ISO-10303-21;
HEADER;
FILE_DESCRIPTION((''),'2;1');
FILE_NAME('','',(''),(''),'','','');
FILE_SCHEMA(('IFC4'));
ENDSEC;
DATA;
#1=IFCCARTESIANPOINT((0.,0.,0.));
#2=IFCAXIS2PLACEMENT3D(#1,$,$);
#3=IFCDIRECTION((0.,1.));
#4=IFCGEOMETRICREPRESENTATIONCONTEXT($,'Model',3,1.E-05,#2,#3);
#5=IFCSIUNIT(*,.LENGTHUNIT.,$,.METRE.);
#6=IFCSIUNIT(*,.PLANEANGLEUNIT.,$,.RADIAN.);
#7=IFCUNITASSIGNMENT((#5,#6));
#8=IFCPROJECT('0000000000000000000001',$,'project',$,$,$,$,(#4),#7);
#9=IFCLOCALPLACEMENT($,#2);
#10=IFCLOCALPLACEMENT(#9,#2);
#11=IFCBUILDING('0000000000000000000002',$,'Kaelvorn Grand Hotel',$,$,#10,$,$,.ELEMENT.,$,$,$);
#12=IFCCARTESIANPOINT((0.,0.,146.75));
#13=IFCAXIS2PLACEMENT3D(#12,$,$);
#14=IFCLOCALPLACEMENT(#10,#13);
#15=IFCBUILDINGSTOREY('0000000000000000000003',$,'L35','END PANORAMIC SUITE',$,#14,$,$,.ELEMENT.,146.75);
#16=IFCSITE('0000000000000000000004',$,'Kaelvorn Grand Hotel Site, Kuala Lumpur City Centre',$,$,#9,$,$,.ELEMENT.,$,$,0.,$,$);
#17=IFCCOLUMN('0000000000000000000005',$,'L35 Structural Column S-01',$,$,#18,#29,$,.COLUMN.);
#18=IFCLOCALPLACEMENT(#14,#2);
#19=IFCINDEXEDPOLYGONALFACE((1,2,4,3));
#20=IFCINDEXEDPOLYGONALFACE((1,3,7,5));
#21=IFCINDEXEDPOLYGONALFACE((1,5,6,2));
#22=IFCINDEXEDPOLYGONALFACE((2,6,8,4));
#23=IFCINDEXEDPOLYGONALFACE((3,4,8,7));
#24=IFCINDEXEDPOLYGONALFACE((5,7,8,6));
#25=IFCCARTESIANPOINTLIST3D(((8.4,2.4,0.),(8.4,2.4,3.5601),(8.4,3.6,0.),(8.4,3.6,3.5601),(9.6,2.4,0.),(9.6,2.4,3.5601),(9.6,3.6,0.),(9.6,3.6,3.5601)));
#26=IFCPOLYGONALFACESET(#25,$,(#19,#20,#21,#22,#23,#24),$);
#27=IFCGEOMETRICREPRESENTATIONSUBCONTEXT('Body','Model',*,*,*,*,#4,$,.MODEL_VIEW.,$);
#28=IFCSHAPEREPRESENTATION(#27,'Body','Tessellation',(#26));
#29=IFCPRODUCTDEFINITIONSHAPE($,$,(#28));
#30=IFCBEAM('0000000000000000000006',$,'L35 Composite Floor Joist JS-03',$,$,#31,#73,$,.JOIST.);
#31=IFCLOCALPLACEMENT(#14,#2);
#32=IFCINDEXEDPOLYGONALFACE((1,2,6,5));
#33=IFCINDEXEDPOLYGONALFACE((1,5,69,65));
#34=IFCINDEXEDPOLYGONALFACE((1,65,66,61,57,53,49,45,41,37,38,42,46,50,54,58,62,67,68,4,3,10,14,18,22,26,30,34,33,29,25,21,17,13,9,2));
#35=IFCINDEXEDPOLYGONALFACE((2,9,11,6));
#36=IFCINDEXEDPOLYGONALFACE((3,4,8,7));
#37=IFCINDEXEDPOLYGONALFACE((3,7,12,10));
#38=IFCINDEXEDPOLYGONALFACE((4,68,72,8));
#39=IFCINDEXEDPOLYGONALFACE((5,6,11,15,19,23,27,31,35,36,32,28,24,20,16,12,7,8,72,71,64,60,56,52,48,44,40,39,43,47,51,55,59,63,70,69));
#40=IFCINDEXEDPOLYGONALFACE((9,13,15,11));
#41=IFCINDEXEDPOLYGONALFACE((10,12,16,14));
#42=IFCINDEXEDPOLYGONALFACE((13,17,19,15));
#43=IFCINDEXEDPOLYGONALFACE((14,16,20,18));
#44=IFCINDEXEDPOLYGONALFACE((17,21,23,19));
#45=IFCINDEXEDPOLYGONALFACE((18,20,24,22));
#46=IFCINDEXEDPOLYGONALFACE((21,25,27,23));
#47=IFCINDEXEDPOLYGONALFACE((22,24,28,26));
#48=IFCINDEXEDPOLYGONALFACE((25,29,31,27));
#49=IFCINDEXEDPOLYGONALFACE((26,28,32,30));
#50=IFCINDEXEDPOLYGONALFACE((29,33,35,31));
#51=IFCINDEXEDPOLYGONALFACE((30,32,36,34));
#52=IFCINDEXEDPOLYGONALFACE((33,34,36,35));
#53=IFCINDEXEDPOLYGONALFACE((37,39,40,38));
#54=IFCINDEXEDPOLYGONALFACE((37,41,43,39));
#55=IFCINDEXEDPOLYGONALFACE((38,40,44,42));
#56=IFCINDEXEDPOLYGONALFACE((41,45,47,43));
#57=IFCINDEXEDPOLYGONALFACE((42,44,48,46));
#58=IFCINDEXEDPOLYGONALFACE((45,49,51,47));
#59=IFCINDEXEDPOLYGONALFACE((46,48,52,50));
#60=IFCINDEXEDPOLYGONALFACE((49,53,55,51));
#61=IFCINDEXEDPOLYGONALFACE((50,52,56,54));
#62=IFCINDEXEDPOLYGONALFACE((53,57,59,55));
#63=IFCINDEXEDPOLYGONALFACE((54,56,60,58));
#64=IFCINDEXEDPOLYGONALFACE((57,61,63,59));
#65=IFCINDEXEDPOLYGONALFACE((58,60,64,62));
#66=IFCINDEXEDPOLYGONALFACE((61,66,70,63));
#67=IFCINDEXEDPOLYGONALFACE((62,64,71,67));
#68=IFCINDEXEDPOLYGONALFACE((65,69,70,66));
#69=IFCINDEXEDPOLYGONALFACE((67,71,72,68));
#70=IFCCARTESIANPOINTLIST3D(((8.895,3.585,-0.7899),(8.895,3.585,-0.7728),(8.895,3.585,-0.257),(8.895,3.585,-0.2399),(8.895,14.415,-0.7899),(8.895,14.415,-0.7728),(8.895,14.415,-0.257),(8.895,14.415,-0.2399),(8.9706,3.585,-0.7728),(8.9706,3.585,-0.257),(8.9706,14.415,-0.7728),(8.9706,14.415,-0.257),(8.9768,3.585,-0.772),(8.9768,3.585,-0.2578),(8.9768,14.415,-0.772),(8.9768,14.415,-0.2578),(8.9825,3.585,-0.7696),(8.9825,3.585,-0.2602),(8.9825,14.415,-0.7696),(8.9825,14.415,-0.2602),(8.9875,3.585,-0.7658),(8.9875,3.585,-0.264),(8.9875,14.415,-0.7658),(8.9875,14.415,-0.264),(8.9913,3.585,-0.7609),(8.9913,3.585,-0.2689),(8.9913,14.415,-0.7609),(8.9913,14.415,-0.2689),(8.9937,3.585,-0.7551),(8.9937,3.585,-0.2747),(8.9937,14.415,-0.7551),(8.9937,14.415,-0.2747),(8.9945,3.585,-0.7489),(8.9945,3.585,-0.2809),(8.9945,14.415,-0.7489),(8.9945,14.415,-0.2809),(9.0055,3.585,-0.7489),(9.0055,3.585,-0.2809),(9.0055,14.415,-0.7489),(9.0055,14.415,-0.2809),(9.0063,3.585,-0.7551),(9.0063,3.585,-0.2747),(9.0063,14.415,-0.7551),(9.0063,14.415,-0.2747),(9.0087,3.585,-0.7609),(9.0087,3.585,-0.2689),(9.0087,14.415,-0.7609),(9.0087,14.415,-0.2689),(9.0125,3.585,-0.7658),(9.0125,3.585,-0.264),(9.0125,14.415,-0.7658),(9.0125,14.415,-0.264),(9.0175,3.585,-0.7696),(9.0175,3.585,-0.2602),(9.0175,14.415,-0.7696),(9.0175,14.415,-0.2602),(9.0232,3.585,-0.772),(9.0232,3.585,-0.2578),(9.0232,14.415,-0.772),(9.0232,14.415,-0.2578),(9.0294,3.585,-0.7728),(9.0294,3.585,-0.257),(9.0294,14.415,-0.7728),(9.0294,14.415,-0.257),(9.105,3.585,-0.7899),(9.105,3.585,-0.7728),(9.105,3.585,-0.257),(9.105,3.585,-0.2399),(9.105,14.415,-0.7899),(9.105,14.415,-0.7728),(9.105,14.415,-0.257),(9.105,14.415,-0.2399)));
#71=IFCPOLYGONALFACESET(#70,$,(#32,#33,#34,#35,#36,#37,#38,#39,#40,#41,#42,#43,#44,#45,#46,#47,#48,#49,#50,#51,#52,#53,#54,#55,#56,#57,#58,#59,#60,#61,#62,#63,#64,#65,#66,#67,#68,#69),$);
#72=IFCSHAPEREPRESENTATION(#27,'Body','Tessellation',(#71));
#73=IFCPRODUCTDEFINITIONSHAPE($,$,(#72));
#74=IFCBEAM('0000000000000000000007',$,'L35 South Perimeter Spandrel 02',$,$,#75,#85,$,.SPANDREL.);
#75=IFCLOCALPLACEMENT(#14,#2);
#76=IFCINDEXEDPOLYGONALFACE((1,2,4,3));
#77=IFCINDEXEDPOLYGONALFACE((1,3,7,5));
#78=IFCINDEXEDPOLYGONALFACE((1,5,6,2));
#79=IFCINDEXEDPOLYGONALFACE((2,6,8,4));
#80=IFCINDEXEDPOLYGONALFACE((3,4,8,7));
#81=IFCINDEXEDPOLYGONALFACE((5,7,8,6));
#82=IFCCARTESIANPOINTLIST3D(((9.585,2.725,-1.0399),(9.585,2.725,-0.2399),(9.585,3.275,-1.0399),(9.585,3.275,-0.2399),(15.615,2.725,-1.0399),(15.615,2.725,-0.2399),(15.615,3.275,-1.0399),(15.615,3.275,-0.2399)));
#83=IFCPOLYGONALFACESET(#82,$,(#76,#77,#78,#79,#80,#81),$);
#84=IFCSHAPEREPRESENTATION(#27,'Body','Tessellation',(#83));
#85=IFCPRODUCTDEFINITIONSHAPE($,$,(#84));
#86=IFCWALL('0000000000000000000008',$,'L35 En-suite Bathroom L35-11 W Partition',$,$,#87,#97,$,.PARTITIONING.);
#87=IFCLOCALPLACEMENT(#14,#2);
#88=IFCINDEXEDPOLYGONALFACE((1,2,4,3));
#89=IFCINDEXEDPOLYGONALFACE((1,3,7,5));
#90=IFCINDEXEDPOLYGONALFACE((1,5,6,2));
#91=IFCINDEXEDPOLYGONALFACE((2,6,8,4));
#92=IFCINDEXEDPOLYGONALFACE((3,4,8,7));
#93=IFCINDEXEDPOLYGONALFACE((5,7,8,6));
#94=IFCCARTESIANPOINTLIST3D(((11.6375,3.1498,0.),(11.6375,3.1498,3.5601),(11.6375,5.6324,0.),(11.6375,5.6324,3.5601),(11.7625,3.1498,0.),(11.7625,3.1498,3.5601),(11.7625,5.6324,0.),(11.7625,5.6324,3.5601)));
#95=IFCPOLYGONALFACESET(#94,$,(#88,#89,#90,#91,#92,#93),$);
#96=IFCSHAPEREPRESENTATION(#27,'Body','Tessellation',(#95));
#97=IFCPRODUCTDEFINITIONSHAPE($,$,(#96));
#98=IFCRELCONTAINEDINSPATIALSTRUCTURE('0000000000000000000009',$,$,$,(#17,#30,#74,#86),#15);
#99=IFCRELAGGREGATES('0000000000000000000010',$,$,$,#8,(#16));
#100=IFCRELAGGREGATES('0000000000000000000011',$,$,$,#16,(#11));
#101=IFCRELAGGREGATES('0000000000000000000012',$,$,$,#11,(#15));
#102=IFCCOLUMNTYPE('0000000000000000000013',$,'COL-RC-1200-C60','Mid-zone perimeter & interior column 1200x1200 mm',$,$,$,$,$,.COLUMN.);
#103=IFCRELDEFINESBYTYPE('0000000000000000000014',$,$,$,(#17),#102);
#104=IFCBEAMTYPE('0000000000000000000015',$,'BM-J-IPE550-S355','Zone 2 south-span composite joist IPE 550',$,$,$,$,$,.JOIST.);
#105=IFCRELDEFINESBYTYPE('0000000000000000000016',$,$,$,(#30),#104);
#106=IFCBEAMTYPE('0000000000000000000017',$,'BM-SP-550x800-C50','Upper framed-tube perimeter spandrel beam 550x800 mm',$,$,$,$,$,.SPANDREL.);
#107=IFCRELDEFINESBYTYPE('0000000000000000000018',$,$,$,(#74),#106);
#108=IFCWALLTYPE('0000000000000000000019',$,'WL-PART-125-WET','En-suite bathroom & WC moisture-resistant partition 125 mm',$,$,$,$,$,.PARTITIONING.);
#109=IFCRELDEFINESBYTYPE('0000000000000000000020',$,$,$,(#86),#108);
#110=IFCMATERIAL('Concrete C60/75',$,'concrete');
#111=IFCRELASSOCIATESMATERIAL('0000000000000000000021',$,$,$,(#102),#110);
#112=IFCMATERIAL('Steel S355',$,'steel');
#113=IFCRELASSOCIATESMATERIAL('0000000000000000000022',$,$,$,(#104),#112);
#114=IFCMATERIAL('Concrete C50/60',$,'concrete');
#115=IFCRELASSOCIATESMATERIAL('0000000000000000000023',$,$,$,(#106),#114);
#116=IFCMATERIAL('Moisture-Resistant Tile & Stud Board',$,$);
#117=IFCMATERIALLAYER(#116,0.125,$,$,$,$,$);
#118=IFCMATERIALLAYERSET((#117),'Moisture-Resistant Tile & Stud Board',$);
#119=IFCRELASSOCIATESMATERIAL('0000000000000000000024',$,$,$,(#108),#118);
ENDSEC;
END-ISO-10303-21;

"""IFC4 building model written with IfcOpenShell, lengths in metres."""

from ifc_helpers import new_model, si_unit, direction, frame, frame_2d, origin, origin_2d, place, context, subcontext, project, spatial, rectangle, i_section, extrude, material, layer, layer_set, material_profile, profile_set, type_object, element, save


model = new_model("IFC4")

# Units and contexts
model_context = context("Model", 3, precision=1e-05, world=origin(), true_north=direction((0.0, 1.0)))
body_context = subcontext(model_context, "Body", "Model", "MODEL_VIEW")
ifc_project = project(units=[si_unit("LENGTHUNIT", "METRE"), si_unit("PLANEANGLEUNIT", "RADIAN")], contexts=[model_context])

# Site, building, storey
site_placement = place(None, origin())
site = spatial("IfcSite", under=ifc_project, at=site_placement, Name="Kaelvorn Grand Hotel Site, Kuala Lumpur City Centre", CompositionType="ELEMENT", RefElevation=0.0)
building_placement = place(site_placement, origin())
building = spatial("IfcBuilding", under=site, at=building_placement, Name="Kaelvorn Grand Hotel", CompositionType="ELEMENT")
storey_placement = place(building_placement, frame((0.0, 0.0, 146.75)))
storey = spatial("IfcBuildingStorey", under=building, at=storey_placement, Name="L35", Description="END PANORAMIC SUITE", CompositionType="ELEMENT", Elevation=146.75)

# Column
ifc_material_1 = material(Name="Concrete C60/75", Category="concrete")
ifc_material_profile_1 = material_profile(ifc_material_1, rectangle(XDim=1.2, YDim=1.2, at=origin_2d()), Name="RC COL 1200x1200")
ifc_profile_set_1 = profile_set([ifc_material_profile_1], Name="Concrete C60/75")
column_type = type_object("IfcColumnType", Name="COL-RC-1200-C60", Description="Mid-zone perimeter & interior column 1200x1200 mm", PredefinedType="COLUMN", material=ifc_profile_set_1)
column_placement = place(storey_placement, frame((9.0, 3.0, 0.0), z_axis=(0.0, 0.0, 1.0), x_axis=(1.0, 0.0, 0.0)))
element("IfcColumn", 1, at=column_placement, inside=storey, type_object=column_type, Name="L35 Structural Column S-01", PredefinedType="COLUMN", context=body_context, shape_type="SweptSolid", body=[
    extrude(rectangle(XDim=1.2, YDim=1.2, at=origin_2d()), origin(), (0.0, 0.0, 1.0), 3.5601),
])

# Beams
ifc_material_2 = material(Name="Steel S355", Category="steel")
ifc_material_profile_2 = material_profile(ifc_material_2, i_section(OverallWidth=0.21, OverallDepth=0.55, WebThickness=0.011, FlangeThickness=0.0171, FilletRadius=0.0239, at=origin_2d()), Name="IPE 550")
ifc_profile_set_2 = profile_set([ifc_material_profile_2], Name="Steel S355")
beam_type_1 = type_object("IfcBeamType", Name="BM-J-IPE550-S355", Description="Zone 2 south-span composite joist IPE 550", PredefinedType="JOIST", material=ifc_profile_set_2)
beam_1_placement = place(storey_placement, frame((9.0, 3.585, -0.5149), z_axis=(0.0, 1.0, 0.0), x_axis=(-1.0, 0.0, 0.0)))
element("IfcBeam", 2, at=beam_1_placement, inside=storey, type_object=beam_type_1, Name="L35 Composite Floor Joist JS-03", PredefinedType="JOIST", context=body_context, shape_type="SweptSolid", body=[
    extrude(i_section(OverallWidth=0.21, OverallDepth=0.55, WebThickness=0.011, FlangeThickness=0.0171, FilletRadius=0.0239, at=origin_2d()), origin(), (0.0, 0.0, 1.0), 10.8301),
])
ifc_material_3 = material(Name="Concrete C50/60", Category="concrete")
ifc_material_profile_3 = material_profile(ifc_material_3, rectangle(XDim=0.55, YDim=0.8, at=origin_2d()), Name="RC SPANDREL 550x800")
ifc_profile_set_3 = profile_set([ifc_material_profile_3], Name="Concrete C50/60")
beam_type_2 = type_object("IfcBeamType", Name="BM-SP-550x800-C50", Description="Upper framed-tube perimeter spandrel beam 550x800 mm", PredefinedType="SPANDREL", material=ifc_profile_set_3)
beam_2_placement = place(storey_placement, frame((9.585, 3.0, -0.6399), z_axis=(1.0, 0.0, 0.0), x_axis=(0.0, 1.0, 0.0)))
element("IfcBeam", 3, at=beam_2_placement, inside=storey, type_object=beam_type_2, Name="L35 South Perimeter Spandrel 02", PredefinedType="SPANDREL", context=body_context, shape_type="SweptSolid", body=[
    extrude(rectangle(XDim=0.55, YDim=0.8, at=origin_2d()), origin(), (0.0, 0.0, 1.0), 6.03),
])

# Wall
ifc_material_4 = material(Name="Moisture-Resistant Tile & Stud Board")
ifc_layer_1 = layer(ifc_material_4, 0.125)
ifc_layer_set_1 = layer_set([ifc_layer_1], Name="Moisture-Resistant Tile & Stud Board")
wall_type_1 = type_object("IfcWallType", Name="WL-PART-125-WET", Description="En-suite bathroom & WC moisture-resistant partition 125 mm", PredefinedType="PARTITIONING", material=ifc_layer_set_1)
wall_1_placement = place(storey_placement, frame((11.7, 3.1499, 0.0), z_axis=(0.0, 0.0, 1.0), x_axis=(0.0, 1.0, 0.0)))
element("IfcWall", 4, at=wall_1_placement, inside=storey, type_object=wall_type_1, Name="L35 En-suite Bathroom L35-11 W Partition", PredefinedType="PARTITIONING", context=body_context, shape_type="SweptSolid", body=[
    extrude(rectangle(XDim=2.4827, YDim=0.125, at=frame_2d((1.2412, 0.0))), origin(), (0.0, 0.0, 1.0), 3.5601),
])

save(model, "model.ifc")
